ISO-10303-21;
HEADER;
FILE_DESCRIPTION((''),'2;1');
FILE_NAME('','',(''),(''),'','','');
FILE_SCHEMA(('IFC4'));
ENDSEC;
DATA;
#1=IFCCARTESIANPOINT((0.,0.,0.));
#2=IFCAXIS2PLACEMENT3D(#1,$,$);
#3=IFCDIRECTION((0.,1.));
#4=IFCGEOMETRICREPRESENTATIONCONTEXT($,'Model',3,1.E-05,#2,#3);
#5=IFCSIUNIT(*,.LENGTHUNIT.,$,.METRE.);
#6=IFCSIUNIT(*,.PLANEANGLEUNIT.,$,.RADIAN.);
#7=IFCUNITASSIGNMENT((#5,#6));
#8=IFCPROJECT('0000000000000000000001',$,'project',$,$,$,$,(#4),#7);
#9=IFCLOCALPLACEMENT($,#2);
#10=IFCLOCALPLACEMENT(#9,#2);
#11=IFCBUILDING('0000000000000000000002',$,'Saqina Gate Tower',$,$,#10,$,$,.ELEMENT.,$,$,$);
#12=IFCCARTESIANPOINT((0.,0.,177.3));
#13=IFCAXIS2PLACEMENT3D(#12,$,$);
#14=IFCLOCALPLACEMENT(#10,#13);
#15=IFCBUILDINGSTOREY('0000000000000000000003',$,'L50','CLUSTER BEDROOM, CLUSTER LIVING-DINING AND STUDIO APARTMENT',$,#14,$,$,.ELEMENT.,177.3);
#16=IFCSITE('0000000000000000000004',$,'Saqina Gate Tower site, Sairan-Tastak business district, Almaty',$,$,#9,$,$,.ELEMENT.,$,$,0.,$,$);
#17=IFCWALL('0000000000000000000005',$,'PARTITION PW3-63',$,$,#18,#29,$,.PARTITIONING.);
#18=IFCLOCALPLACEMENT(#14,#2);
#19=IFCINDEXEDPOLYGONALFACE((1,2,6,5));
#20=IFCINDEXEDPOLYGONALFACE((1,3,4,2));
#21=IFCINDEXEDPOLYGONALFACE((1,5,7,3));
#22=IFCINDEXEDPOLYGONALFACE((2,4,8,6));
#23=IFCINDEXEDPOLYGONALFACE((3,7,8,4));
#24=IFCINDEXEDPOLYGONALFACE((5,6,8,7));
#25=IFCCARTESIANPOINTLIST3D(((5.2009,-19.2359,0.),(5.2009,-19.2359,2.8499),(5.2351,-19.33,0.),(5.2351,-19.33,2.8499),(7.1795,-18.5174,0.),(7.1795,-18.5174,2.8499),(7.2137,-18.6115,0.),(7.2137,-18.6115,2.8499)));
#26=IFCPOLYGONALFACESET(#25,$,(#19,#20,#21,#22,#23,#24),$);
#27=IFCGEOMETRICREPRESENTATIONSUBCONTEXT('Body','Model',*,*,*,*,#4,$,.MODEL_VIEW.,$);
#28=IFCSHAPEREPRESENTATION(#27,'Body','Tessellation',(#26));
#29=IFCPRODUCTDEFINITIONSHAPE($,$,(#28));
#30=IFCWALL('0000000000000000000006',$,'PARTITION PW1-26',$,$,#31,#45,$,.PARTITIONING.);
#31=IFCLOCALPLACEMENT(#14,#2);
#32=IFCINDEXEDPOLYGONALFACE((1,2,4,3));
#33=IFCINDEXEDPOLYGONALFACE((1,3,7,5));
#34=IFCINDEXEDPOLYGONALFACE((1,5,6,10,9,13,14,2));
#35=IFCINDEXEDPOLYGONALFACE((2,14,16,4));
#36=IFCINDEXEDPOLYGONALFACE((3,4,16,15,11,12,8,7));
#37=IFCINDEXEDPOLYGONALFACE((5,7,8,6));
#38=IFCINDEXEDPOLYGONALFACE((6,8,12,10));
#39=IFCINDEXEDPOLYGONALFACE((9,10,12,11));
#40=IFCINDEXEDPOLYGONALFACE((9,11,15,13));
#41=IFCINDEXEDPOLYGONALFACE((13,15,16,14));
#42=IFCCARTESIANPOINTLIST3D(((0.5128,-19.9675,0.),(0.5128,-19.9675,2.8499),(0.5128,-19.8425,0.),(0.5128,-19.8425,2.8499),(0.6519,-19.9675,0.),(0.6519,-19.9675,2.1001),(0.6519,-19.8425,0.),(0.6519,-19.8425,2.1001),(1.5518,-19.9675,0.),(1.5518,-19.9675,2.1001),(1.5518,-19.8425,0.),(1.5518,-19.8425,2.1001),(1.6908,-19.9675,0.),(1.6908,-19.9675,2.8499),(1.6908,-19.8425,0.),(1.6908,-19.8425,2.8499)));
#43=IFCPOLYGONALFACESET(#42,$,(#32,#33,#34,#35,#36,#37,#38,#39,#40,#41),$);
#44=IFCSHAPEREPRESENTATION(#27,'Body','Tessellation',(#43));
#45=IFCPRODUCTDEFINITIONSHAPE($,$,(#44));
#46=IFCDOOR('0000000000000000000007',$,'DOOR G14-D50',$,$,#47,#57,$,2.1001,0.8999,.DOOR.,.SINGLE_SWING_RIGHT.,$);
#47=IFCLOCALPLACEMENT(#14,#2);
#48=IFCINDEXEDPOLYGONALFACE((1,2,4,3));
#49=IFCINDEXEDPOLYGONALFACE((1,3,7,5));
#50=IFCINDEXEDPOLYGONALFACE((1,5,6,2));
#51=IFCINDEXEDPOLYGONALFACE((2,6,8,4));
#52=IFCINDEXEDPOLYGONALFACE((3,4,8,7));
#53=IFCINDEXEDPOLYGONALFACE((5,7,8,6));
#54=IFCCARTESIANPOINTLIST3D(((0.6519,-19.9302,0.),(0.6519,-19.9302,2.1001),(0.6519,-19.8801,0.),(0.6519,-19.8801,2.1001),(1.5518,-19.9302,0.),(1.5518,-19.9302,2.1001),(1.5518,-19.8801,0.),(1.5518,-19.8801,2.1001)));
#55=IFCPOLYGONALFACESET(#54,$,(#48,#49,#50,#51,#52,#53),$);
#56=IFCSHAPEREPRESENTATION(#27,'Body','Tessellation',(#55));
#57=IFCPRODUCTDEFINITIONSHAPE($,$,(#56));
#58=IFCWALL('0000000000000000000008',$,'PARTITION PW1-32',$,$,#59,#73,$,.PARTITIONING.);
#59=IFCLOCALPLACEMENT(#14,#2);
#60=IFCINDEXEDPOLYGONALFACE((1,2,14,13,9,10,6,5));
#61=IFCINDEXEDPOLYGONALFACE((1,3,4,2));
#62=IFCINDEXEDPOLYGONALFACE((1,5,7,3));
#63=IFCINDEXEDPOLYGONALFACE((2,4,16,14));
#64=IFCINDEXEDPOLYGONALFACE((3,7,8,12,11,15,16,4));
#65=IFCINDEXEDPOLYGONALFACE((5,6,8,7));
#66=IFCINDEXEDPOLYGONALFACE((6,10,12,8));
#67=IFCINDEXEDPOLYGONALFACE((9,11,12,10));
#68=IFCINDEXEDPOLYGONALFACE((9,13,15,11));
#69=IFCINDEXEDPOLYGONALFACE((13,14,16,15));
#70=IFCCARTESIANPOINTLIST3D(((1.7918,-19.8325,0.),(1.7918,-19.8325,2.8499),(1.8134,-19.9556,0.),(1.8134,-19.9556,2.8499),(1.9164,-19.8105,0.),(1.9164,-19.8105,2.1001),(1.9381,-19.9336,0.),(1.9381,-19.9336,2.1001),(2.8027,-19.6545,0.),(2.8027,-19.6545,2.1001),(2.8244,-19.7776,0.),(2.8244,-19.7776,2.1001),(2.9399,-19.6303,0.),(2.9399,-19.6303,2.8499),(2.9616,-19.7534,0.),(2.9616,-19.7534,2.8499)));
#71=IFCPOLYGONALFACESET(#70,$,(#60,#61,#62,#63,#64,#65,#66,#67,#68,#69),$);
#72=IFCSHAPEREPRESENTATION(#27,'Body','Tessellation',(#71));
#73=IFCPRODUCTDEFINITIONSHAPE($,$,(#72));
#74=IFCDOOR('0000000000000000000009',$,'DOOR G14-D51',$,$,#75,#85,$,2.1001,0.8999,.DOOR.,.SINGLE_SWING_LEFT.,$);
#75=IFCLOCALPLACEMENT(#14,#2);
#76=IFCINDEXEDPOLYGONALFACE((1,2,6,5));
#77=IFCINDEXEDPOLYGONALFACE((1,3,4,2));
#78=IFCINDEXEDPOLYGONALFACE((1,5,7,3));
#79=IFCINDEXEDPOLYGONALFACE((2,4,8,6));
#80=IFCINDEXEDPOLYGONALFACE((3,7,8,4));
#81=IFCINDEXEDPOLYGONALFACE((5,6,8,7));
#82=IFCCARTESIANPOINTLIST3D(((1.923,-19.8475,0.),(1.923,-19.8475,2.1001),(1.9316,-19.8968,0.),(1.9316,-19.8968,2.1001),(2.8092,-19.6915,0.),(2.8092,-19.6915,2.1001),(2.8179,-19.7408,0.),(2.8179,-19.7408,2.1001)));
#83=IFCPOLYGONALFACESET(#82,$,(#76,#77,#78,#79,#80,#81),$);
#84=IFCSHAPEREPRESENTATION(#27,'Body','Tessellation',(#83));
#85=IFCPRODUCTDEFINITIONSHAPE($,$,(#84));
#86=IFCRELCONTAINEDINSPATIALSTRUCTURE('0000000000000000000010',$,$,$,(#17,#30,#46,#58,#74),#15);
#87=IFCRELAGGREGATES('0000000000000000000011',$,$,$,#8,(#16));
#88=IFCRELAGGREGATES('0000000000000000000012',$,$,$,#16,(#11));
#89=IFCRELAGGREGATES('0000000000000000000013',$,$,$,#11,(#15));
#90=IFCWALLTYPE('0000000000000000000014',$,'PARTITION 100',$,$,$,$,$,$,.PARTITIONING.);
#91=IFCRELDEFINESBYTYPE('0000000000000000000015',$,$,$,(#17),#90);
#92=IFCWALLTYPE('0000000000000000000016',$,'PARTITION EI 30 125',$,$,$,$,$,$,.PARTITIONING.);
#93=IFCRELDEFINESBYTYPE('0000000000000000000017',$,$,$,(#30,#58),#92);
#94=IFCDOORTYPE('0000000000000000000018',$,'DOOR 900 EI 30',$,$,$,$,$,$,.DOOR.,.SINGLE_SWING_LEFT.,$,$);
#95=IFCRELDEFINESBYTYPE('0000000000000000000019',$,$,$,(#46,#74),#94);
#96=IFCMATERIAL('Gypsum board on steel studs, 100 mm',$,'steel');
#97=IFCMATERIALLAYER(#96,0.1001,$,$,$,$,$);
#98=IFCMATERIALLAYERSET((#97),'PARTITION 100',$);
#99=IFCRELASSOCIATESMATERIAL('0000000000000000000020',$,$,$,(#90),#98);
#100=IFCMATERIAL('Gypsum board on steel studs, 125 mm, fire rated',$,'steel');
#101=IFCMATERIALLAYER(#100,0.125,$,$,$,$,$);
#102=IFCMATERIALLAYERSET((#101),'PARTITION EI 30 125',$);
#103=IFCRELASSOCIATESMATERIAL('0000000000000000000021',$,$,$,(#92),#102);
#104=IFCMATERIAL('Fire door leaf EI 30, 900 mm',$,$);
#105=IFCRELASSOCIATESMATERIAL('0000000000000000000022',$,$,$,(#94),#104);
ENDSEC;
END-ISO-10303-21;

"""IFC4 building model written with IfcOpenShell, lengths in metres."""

from ifc_helpers import new_model, si_unit, direction, frame, frame_2d, origin, place, context, subcontext, project, spatial, rectangle, extrude, material, layer, layer_set, type_object, element, fill, save


model = new_model("IFC4")

# Units and contexts
model_context = context("Model", 3, precision=1e-05, world=origin(), true_north=direction((0.0, 1.0)))
body_context = subcontext(model_context, "Body", "Model", "MODEL_VIEW")
ifc_project = project(units=[si_unit("LENGTHUNIT", "METRE"), si_unit("PLANEANGLEUNIT", "RADIAN")], contexts=[model_context])

# Site, building, storey
site_placement = place(None, origin())
site = spatial("IfcSite", under=ifc_project, at=site_placement, Name="Saqina Gate Tower site, Sairan-Tastak business district, Almaty", CompositionType="ELEMENT", RefElevation=0.0)
building_placement = place(site_placement, origin())
building = spatial("IfcBuilding", under=site, at=building_placement, Name="Saqina Gate Tower", CompositionType="ELEMENT")
storey_placement = place(building_placement, frame((0.0, 0.0, 177.3)))
storey = spatial("IfcBuildingStorey", under=building, at=storey_placement, Name="L50", Description="CLUSTER BEDROOM, CLUSTER LIVING-DINING AND STUDIO APARTMENT", CompositionType="ELEMENT", Elevation=177.3)

# Shared definitions
ifc_material_1 = material(Name="Gypsum board on steel studs, 100 mm", Category="steel")
ifc_layer_1 = layer(ifc_material_1, 0.1001)
ifc_layer_set_1 = layer_set([ifc_layer_1], Name="PARTITION 100")
wall_type_1 = type_object("IfcWallType", Name="PARTITION 100", PredefinedType="PARTITIONING", material=ifc_layer_set_1)

# Wall
wall_1_placement = place(storey_placement, frame((5.218, -19.283, 0.0), z_axis=(0.0, 0.0, 1.0), x_axis=(0.939939, 0.341343, 0.0)))
element("IfcWall", 1, at=wall_1_placement, inside=storey, type_object=wall_type_1, Name="PARTITION PW3-63", PredefinedType="PARTITIONING", context=body_context, shape_type="SweptSolid", body=[
    extrude(rectangle(XDim=2.105, YDim=0.1001, at=frame_2d((1.0525, 0.0))), origin(), (0.0, 0.0, 1.0), 2.8499),
])

# Walls, openings, doors
ifc_material_2 = material(Name="Gypsum board on steel studs, 125 mm, fire rated", Category="steel")
ifc_layer_2 = layer(ifc_material_2, 0.125)
ifc_layer_set_2 = layer_set([ifc_layer_2], Name="PARTITION EI 30 125")
wall_type_2 = type_object("IfcWallType", Name="PARTITION EI 30 125", PredefinedType="PARTITIONING", material=ifc_layer_set_2)
wall_2_placement = place(storey_placement, frame((0.5129, -19.905, 0.0), z_axis=(0.0, 0.0, 1.0), x_axis=(1.0, 0.0, 0.0)))
wall_2 = element("IfcWall", 2, at=wall_2_placement, inside=storey, type_object=wall_type_2, Name="PARTITION PW1-26", PredefinedType="PARTITIONING", context=body_context, shape_type="SweptSolid", body=[
    extrude(rectangle(XDim=1.178, YDim=0.125, at=frame_2d((0.5889, 0.0))), origin(), (0.0, 0.0, 1.0), 2.8499),
])
opening_1_placement = place(wall_2_placement, frame((0.1389, 0.0, 0.0)))
opening_1 = element("IfcOpeningElement", 3, at=opening_1_placement, cuts=wall_2, PredefinedType="OPENING", context=body_context, shape_type="SweptSolid", body=[
    extrude(rectangle(XDim=0.8999, YDim=2.1001, at=frame_2d((0.45, 1.05))), frame((0.0, 0.0745, 0.0), z_axis=(0.0, -1.0, 0.0), x_axis=(1.0, 0.0, 0.0)), (0.0, 0.0, 1.0), 0.1489),
])
ifc_material_3 = material(Name="Fire door leaf EI 30, 900 mm")
door_type_1 = type_object("IfcDoorType", Name="DOOR 900 EI 30", OperationType="SINGLE_SWING_LEFT", PredefinedType="DOOR", material=ifc_material_3)
door_1_placement = place(opening_1_placement, origin())
door_1 = element("IfcDoor", 4, at=door_1_placement, inside=storey, type_object=door_type_1, Name="DOOR G14-D50", OperationType="SINGLE_SWING_RIGHT", OverallHeight=2.1001, OverallWidth=0.8999, PredefinedType="DOOR", context=body_context, shape_type="SweptSolid", body=[
    extrude(rectangle(XDim=0.8999, YDim=2.1001, at=frame_2d((0.45, 1.05))), frame((0.0, 0.0249, 0.0), z_axis=(0.0, -1.0, 0.0), x_axis=(1.0, 0.0, 0.0)), (0.0, 0.0, 1.0), 0.05),
])
fill(opening_1, door_1)
wall_3_placement = place(storey_placement, frame((1.8025, -19.894, 0.0), z_axis=(0.0, 0.0, 1.0), x_axis=(0.984853, 0.173391, 0.0)))
wall_3 = element("IfcWall", 5, at=wall_3_placement, inside=storey, type_object=wall_type_2, Name="PARTITION PW1-32", PredefinedType="PARTITIONING", context=body_context, shape_type="SweptSolid", body=[
    extrude(rectangle(XDim=1.1658, YDim=0.125, at=frame_2d((0.583, 0.0))), origin(), (0.0, 0.0, 1.0), 2.8499),
])
opening_2_placement = place(wall_3_placement, frame((0.1267, 0.0, 0.0)))
opening_2 = element("IfcOpeningElement", 6, at=opening_2_placement, cuts=wall_3, PredefinedType="OPENING", context=body_context, shape_type="SweptSolid", body=[
    extrude(rectangle(XDim=0.8999, YDim=2.1001, at=frame_2d((0.45, 1.05))), frame((0.0, 0.0745, 0.0), z_axis=(0.0, -1.0, 0.0), x_axis=(1.0, 0.0, 0.0)), (0.0, 0.0, 1.0), 0.1489),
])
door_2_placement = place(opening_2_placement, origin())
door_2 = element("IfcDoor", 7, at=door_2_placement, inside=storey, type_object=door_type_1, Name="DOOR G14-D51", OperationType="SINGLE_SWING_LEFT", OverallHeight=2.1001, OverallWidth=0.8999, PredefinedType="DOOR", context=body_context, shape_type="SweptSolid", body=[
    extrude(rectangle(XDim=0.8999, YDim=2.1001, at=frame_2d((0.45, 1.05))), frame((0.0, 0.0249, 0.0), z_axis=(0.0, -1.0, 0.0), x_axis=(1.0, 0.0, 0.0)), (0.0, 0.0, 1.0), 0.05),
])
fill(opening_2, door_2)

save(model, "model.ifc")
